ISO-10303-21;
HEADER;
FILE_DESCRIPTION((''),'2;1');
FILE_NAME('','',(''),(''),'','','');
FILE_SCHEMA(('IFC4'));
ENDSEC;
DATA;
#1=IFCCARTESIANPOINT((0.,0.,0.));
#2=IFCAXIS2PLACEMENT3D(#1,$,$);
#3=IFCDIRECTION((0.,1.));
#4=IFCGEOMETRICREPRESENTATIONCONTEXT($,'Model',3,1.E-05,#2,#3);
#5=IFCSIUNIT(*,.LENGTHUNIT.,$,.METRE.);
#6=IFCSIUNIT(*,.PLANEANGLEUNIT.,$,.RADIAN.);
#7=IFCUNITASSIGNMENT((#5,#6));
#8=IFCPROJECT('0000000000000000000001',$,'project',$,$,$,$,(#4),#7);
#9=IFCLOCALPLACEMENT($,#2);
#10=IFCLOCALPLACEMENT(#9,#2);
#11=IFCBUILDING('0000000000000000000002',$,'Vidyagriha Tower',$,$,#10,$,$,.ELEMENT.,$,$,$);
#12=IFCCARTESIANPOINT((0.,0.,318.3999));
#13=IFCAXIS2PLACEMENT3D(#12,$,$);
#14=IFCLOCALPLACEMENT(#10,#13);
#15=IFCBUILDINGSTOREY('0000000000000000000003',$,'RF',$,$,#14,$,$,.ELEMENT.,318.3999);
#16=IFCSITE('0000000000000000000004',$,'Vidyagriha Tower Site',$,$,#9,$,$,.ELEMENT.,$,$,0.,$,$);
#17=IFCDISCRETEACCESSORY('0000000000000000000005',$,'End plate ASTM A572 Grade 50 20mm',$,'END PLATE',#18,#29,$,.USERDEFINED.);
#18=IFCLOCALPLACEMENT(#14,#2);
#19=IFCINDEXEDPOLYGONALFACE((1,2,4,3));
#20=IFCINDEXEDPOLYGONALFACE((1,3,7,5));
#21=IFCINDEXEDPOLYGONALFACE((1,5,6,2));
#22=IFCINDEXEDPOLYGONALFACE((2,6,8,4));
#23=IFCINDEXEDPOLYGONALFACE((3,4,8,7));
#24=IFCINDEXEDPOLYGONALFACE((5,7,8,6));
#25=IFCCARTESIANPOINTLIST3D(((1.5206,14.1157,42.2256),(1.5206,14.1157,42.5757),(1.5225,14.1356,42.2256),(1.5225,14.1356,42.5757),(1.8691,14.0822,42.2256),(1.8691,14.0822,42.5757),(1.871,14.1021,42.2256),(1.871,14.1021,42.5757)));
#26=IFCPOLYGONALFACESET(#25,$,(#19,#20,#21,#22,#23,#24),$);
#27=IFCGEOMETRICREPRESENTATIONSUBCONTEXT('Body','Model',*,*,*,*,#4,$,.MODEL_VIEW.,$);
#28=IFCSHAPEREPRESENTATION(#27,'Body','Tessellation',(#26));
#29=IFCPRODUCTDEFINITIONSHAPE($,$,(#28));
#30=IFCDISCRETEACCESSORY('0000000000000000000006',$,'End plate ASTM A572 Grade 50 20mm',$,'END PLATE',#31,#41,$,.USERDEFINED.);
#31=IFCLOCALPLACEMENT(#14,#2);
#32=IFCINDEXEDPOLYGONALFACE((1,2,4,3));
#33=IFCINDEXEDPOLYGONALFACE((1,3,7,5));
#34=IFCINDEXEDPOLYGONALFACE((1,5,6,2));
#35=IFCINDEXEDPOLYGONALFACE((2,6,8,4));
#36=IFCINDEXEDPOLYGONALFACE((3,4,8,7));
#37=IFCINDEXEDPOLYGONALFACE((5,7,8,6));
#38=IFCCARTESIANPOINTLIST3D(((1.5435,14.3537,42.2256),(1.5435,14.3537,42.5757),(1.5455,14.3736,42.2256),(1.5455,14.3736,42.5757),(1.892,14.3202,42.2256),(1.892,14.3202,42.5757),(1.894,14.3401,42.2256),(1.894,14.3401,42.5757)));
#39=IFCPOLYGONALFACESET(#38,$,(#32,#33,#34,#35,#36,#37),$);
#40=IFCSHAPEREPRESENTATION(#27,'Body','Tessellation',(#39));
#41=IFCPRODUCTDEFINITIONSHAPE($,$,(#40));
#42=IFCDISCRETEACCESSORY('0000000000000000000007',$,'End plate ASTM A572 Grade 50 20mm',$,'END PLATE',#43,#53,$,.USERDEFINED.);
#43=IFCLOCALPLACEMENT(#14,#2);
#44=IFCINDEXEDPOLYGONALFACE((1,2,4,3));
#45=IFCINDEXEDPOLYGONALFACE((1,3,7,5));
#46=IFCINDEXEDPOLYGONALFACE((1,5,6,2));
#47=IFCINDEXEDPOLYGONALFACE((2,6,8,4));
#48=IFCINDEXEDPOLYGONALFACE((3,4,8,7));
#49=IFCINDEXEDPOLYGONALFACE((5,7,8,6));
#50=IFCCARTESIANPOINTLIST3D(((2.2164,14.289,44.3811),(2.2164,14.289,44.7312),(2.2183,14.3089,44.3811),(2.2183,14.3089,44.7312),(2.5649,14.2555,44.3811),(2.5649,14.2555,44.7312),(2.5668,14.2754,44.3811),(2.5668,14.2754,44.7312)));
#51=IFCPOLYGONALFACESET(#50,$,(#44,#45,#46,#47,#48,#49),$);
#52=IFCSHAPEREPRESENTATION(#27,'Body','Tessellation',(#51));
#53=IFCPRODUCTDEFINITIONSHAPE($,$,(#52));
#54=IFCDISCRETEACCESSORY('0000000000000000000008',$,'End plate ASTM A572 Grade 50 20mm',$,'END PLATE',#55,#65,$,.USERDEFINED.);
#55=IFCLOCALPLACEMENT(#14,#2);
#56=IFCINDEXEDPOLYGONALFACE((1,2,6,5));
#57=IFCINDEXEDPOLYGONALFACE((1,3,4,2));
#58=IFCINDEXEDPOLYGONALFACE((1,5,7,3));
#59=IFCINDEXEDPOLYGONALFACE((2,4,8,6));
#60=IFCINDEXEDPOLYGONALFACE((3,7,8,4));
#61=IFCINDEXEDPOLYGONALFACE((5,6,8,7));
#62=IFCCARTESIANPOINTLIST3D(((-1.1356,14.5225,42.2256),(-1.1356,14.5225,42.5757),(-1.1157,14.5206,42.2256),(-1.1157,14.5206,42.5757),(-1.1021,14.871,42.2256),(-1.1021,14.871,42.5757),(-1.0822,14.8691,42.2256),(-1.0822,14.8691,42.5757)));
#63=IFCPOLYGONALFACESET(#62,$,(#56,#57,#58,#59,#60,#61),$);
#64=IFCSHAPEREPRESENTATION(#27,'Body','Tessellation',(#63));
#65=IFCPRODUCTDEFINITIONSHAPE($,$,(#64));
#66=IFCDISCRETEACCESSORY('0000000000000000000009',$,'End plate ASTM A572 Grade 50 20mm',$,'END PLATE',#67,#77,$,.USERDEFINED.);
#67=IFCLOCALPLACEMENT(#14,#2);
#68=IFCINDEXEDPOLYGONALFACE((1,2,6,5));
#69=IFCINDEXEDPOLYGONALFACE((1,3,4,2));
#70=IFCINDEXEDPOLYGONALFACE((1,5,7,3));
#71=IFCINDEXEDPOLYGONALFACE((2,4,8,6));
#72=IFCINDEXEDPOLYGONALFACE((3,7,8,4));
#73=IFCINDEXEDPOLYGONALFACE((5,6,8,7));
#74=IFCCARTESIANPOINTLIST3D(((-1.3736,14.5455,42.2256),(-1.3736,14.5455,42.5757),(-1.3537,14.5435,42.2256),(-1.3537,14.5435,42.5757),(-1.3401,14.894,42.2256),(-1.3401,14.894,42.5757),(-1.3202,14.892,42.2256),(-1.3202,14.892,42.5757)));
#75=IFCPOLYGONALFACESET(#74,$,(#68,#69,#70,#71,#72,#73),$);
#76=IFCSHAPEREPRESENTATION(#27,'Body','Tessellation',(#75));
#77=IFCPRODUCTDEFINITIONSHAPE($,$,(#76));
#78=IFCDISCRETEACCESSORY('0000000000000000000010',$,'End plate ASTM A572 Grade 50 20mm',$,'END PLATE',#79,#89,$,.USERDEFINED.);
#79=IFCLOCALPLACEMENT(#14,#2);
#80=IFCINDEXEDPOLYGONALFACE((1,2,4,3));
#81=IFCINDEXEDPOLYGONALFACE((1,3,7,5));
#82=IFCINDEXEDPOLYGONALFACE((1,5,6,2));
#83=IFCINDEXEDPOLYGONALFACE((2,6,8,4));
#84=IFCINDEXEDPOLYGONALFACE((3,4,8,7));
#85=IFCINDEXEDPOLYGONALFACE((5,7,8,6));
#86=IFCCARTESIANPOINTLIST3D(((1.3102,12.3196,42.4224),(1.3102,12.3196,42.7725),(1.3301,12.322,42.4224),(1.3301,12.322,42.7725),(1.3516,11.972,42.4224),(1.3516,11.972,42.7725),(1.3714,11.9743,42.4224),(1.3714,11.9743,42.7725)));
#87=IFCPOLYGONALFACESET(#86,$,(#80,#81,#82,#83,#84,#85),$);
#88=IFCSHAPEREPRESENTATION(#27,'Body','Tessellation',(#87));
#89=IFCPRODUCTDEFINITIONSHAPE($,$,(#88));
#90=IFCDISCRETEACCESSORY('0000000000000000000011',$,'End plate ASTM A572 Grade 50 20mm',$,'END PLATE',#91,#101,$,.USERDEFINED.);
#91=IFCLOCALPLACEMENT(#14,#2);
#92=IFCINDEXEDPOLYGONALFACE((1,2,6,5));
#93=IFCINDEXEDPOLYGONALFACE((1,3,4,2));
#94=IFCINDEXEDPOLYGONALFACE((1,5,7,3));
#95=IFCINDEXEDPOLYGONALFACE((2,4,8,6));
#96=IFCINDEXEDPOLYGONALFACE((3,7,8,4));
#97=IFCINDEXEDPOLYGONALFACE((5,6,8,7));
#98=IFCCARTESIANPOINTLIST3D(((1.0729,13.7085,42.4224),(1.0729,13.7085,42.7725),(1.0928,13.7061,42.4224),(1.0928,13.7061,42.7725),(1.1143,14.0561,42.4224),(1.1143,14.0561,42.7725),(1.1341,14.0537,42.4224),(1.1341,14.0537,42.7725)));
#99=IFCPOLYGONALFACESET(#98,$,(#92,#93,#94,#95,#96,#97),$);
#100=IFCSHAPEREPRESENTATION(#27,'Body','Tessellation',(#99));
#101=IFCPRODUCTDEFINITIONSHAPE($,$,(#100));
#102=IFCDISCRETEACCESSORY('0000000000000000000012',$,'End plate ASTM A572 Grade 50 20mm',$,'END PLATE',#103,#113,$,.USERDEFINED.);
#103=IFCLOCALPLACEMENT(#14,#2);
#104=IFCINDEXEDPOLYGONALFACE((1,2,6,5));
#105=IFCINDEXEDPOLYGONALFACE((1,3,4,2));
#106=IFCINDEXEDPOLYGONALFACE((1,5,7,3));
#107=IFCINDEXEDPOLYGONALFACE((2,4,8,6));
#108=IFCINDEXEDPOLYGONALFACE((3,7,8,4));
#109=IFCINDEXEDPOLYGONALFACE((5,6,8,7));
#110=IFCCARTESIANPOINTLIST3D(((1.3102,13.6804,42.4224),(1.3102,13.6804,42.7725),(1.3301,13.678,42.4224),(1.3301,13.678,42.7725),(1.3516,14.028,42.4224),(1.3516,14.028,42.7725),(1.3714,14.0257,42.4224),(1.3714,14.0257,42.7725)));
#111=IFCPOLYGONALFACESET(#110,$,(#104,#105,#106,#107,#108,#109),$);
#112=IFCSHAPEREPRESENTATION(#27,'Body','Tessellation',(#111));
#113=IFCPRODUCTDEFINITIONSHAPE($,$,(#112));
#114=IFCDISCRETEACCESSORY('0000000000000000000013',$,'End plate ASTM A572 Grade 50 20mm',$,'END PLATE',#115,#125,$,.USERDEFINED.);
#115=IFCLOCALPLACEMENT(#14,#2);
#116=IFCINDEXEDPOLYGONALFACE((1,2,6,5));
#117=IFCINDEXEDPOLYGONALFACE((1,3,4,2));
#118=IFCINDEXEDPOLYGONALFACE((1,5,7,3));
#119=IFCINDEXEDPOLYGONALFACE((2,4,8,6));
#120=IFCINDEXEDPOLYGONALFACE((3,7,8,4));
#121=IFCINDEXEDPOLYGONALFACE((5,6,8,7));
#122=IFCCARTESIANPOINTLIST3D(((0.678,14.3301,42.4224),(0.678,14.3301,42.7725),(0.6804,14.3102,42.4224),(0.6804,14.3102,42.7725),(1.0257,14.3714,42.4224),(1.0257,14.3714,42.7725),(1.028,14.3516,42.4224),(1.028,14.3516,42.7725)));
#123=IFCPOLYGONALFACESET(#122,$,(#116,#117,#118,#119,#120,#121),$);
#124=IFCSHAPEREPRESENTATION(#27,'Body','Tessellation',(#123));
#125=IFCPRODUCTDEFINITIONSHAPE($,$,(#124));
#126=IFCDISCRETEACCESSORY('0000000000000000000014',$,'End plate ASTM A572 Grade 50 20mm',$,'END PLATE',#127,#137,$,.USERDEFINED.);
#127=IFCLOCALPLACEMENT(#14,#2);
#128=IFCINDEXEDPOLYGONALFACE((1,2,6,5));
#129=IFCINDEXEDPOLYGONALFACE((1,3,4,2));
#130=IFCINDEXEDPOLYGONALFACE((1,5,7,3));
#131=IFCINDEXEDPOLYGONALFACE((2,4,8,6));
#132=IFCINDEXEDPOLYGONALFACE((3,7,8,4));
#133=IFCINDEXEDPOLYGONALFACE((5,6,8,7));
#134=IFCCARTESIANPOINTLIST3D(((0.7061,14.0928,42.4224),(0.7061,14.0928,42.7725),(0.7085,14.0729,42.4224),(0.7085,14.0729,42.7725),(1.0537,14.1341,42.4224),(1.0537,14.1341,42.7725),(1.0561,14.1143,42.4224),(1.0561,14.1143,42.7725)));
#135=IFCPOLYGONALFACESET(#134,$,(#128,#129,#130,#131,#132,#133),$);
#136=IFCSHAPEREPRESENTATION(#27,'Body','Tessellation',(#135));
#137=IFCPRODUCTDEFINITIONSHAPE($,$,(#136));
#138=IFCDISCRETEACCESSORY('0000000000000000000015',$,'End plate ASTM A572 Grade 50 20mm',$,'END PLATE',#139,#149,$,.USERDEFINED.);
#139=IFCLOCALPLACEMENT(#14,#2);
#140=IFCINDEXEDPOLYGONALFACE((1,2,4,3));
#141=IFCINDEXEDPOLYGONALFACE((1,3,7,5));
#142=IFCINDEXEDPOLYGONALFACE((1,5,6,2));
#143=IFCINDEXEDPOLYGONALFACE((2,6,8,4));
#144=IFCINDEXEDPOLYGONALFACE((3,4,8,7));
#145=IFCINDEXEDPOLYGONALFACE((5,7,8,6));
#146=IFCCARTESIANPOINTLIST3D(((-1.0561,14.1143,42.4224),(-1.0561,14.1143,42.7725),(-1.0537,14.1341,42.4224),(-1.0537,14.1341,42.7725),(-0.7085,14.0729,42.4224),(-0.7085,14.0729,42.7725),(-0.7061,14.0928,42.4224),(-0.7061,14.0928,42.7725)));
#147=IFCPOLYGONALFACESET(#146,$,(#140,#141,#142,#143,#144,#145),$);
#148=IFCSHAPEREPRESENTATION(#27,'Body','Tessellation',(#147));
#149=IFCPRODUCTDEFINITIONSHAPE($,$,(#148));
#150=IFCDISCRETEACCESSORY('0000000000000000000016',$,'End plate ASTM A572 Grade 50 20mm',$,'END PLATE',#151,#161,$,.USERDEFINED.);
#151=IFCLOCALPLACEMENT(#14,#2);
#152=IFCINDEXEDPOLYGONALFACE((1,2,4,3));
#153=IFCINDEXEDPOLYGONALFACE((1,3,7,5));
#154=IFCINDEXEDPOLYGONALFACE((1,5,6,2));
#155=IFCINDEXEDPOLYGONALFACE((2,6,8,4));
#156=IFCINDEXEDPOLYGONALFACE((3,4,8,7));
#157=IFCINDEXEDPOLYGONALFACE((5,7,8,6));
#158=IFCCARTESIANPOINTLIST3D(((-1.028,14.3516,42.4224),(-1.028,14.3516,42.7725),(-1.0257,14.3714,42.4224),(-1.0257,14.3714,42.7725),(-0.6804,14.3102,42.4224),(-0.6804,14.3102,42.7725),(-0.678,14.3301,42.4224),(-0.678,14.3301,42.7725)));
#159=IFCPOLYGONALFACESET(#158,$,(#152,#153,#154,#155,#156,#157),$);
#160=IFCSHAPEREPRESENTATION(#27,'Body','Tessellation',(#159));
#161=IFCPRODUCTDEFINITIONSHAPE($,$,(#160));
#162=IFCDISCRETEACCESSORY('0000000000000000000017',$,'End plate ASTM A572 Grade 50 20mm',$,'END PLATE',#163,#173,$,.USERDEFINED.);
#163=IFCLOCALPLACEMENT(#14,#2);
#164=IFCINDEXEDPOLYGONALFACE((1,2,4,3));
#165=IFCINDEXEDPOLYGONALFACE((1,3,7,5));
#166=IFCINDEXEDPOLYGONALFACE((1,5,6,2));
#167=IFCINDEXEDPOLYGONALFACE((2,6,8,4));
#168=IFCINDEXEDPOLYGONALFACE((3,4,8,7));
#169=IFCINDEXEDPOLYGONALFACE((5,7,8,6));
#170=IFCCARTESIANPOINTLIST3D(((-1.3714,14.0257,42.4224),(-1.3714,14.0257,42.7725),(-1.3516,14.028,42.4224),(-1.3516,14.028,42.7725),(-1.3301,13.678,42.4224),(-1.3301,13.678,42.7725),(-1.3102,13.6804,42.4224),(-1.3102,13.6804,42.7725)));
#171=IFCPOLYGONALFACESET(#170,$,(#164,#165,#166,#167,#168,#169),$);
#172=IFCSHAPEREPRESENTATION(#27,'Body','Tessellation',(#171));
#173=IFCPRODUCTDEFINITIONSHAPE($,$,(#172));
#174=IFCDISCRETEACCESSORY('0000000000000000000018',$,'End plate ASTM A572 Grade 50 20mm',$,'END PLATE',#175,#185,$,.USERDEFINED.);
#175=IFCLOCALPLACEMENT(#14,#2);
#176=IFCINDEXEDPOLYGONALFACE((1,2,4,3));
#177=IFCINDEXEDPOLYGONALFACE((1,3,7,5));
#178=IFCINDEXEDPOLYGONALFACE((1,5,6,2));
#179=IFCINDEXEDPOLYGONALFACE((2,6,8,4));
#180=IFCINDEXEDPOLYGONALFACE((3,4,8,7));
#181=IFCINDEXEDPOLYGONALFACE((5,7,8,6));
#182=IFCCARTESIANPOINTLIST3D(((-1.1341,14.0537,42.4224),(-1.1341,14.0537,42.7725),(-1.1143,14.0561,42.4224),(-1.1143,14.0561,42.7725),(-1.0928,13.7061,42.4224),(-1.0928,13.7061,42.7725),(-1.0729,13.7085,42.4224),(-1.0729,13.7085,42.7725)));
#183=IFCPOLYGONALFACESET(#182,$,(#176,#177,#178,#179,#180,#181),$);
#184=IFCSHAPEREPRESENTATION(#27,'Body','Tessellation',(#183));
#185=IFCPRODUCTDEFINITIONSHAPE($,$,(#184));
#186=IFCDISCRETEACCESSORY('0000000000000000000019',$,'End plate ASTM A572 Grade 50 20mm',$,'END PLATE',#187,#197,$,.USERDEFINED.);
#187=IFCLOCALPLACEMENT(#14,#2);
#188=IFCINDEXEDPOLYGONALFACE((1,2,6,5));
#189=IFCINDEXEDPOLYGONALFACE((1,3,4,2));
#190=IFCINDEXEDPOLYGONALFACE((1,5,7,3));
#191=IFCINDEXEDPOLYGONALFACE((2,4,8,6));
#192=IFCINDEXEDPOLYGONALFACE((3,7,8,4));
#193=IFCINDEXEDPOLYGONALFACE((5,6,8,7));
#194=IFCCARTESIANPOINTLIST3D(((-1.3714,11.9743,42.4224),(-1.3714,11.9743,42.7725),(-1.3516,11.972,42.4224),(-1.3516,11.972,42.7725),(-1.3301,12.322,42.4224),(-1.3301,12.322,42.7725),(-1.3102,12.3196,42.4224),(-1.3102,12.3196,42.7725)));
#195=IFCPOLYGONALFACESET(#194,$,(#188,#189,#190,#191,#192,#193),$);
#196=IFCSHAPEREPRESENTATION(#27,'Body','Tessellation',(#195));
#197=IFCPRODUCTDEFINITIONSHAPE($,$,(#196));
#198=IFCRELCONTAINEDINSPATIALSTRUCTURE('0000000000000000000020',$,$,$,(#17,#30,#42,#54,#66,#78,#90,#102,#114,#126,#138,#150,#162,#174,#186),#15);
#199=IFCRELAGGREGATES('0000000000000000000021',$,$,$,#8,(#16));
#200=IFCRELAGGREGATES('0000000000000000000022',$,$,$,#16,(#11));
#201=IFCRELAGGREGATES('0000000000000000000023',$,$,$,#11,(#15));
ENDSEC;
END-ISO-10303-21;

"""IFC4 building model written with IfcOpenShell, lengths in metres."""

from ifc_helpers import new_model, si_unit, direction, frame, origin, origin_2d, place, context, subcontext, project, spatial, rectangle, extrude, element, save


model = new_model("IFC4")

# Units and contexts
model_context = context("Model", 3, precision=1e-05, world=origin(), true_north=direction((0.0, 1.0)))
body_context = subcontext(model_context, "Body", "Model", "MODEL_VIEW")
ifc_project = project(units=[si_unit("LENGTHUNIT", "METRE"), si_unit("PLANEANGLEUNIT", "RADIAN")], contexts=[model_context])

# Site, building, storey
site_placement = place(None, origin())
site = spatial("IfcSite", under=ifc_project, at=site_placement, Name="Vidyagriha Tower Site", CompositionType="ELEMENT", RefElevation=0.0)
building_placement = place(site_placement, origin())
building = spatial("IfcBuilding", under=site, at=building_placement, Name="Vidyagriha Tower", CompositionType="ELEMENT")
storey_placement = place(building_placement, frame((0.0, 0.0, 318.3999)))
storey = spatial("IfcBuildingStorey", under=building, at=storey_placement, Name="RF", CompositionType="ELEMENT", Elevation=318.3999)

# Discrete accessories
for number, where, z_axis, x_axis, name in (
    (1, (1.6958, 14.1089, 42.2256), (0.0, 0.0, 1.0), (-0.995414, 0.095662, 0.0), "End plate ASTM A572 Grade 50 20mm"),
    (2, (1.7188, 14.3469, 42.2256), (0.0, 0.0, 1.0), (-0.995414, 0.095662, 0.0), "End plate ASTM A572 Grade 50 20mm"),
    (3, (2.3916, 14.2822, 44.3811), (0.0, 0.0, 1.0), (0.995414, -0.095662, 0.0), "End plate ASTM A572 Grade 50 20mm"),
    (4, (-1.1089, 14.6958, 42.2256), (0.0, 0.0, 1.0), (-0.095662, -0.995414, 0.0), "End plate ASTM A572 Grade 50 20mm"),
    (5, (-1.3469, 14.7188, 42.2256), (0.0, 0.0, 1.0), (-0.095662, -0.995414, 0.0), "End plate ASTM A572 Grade 50 20mm"),
    (6, (1.3408, 12.147, 42.4224), (0.0, 0.0, 1.0), (0.118149, -0.992996, 0.0), "End plate ASTM A572 Grade 50 20mm"),
    (7, (1.1035, 13.8811, 42.4224), (0.0, 0.0, 1.0), (0.118116, 0.993, 0.0), "End plate ASTM A572 Grade 50 20mm"),
    (8, (1.3408, 13.853, 42.4224), (0.0, 0.0, 1.0), (0.118116, 0.993, 0.0), "End plate ASTM A572 Grade 50 20mm"),
    (9, (0.853, 14.3408, 42.4224), (0.0, 0.0, 1.0), (0.992996, 0.118149, 0.0), "End plate ASTM A572 Grade 50 20mm"),
    (10, (0.8811, 14.1035, 42.4224), (0.0, 0.0, 1.0), (0.992996, 0.118149, 0.0), "End plate ASTM A572 Grade 50 20mm"),
    (11, (-0.8811, 14.1035, 42.4224), (0.0, 0.0, 1.0), (-0.993, 0.118116, 0.0), "End plate ASTM A572 Grade 50 20mm"),
    (12, (-0.853, 14.3408, 42.4224), (0.0, 0.0, 1.0), (-0.993, 0.118116, 0.0), "End plate ASTM A572 Grade 50 20mm"),
    (13, (-1.3408, 13.853, 42.4224), (0.0, 0.0, 1.0), (-0.118149, 0.992996, 0.0), "End plate ASTM A572 Grade 50 20mm"),
    (14, (-1.1035, 13.8811, 42.4224), (0.0, 0.0, 1.0), (-0.118149, 0.992996, 0.0), "End plate ASTM A572 Grade 50 20mm"),
    (15, (-1.3408, 12.147, 42.4224), (0.0, 0.0, 1.0), (-0.118116, -0.993, 0.0), "End plate ASTM A572 Grade 50 20mm"),
):
    element("IfcDiscreteAccessory", number, at=place(storey_placement, frame(where, z_axis=z_axis, x_axis=x_axis)), inside=storey, Name=name, ObjectType="END PLATE", PredefinedType="USERDEFINED", context=body_context, shape_type="SweptSolid", body=[
        extrude(rectangle(XDim=0.3501, YDim=0.02, at=origin_2d()), origin(), (0.0, 0.0, 1.0), 0.3501),
    ])

save(model, "model.ifc")
